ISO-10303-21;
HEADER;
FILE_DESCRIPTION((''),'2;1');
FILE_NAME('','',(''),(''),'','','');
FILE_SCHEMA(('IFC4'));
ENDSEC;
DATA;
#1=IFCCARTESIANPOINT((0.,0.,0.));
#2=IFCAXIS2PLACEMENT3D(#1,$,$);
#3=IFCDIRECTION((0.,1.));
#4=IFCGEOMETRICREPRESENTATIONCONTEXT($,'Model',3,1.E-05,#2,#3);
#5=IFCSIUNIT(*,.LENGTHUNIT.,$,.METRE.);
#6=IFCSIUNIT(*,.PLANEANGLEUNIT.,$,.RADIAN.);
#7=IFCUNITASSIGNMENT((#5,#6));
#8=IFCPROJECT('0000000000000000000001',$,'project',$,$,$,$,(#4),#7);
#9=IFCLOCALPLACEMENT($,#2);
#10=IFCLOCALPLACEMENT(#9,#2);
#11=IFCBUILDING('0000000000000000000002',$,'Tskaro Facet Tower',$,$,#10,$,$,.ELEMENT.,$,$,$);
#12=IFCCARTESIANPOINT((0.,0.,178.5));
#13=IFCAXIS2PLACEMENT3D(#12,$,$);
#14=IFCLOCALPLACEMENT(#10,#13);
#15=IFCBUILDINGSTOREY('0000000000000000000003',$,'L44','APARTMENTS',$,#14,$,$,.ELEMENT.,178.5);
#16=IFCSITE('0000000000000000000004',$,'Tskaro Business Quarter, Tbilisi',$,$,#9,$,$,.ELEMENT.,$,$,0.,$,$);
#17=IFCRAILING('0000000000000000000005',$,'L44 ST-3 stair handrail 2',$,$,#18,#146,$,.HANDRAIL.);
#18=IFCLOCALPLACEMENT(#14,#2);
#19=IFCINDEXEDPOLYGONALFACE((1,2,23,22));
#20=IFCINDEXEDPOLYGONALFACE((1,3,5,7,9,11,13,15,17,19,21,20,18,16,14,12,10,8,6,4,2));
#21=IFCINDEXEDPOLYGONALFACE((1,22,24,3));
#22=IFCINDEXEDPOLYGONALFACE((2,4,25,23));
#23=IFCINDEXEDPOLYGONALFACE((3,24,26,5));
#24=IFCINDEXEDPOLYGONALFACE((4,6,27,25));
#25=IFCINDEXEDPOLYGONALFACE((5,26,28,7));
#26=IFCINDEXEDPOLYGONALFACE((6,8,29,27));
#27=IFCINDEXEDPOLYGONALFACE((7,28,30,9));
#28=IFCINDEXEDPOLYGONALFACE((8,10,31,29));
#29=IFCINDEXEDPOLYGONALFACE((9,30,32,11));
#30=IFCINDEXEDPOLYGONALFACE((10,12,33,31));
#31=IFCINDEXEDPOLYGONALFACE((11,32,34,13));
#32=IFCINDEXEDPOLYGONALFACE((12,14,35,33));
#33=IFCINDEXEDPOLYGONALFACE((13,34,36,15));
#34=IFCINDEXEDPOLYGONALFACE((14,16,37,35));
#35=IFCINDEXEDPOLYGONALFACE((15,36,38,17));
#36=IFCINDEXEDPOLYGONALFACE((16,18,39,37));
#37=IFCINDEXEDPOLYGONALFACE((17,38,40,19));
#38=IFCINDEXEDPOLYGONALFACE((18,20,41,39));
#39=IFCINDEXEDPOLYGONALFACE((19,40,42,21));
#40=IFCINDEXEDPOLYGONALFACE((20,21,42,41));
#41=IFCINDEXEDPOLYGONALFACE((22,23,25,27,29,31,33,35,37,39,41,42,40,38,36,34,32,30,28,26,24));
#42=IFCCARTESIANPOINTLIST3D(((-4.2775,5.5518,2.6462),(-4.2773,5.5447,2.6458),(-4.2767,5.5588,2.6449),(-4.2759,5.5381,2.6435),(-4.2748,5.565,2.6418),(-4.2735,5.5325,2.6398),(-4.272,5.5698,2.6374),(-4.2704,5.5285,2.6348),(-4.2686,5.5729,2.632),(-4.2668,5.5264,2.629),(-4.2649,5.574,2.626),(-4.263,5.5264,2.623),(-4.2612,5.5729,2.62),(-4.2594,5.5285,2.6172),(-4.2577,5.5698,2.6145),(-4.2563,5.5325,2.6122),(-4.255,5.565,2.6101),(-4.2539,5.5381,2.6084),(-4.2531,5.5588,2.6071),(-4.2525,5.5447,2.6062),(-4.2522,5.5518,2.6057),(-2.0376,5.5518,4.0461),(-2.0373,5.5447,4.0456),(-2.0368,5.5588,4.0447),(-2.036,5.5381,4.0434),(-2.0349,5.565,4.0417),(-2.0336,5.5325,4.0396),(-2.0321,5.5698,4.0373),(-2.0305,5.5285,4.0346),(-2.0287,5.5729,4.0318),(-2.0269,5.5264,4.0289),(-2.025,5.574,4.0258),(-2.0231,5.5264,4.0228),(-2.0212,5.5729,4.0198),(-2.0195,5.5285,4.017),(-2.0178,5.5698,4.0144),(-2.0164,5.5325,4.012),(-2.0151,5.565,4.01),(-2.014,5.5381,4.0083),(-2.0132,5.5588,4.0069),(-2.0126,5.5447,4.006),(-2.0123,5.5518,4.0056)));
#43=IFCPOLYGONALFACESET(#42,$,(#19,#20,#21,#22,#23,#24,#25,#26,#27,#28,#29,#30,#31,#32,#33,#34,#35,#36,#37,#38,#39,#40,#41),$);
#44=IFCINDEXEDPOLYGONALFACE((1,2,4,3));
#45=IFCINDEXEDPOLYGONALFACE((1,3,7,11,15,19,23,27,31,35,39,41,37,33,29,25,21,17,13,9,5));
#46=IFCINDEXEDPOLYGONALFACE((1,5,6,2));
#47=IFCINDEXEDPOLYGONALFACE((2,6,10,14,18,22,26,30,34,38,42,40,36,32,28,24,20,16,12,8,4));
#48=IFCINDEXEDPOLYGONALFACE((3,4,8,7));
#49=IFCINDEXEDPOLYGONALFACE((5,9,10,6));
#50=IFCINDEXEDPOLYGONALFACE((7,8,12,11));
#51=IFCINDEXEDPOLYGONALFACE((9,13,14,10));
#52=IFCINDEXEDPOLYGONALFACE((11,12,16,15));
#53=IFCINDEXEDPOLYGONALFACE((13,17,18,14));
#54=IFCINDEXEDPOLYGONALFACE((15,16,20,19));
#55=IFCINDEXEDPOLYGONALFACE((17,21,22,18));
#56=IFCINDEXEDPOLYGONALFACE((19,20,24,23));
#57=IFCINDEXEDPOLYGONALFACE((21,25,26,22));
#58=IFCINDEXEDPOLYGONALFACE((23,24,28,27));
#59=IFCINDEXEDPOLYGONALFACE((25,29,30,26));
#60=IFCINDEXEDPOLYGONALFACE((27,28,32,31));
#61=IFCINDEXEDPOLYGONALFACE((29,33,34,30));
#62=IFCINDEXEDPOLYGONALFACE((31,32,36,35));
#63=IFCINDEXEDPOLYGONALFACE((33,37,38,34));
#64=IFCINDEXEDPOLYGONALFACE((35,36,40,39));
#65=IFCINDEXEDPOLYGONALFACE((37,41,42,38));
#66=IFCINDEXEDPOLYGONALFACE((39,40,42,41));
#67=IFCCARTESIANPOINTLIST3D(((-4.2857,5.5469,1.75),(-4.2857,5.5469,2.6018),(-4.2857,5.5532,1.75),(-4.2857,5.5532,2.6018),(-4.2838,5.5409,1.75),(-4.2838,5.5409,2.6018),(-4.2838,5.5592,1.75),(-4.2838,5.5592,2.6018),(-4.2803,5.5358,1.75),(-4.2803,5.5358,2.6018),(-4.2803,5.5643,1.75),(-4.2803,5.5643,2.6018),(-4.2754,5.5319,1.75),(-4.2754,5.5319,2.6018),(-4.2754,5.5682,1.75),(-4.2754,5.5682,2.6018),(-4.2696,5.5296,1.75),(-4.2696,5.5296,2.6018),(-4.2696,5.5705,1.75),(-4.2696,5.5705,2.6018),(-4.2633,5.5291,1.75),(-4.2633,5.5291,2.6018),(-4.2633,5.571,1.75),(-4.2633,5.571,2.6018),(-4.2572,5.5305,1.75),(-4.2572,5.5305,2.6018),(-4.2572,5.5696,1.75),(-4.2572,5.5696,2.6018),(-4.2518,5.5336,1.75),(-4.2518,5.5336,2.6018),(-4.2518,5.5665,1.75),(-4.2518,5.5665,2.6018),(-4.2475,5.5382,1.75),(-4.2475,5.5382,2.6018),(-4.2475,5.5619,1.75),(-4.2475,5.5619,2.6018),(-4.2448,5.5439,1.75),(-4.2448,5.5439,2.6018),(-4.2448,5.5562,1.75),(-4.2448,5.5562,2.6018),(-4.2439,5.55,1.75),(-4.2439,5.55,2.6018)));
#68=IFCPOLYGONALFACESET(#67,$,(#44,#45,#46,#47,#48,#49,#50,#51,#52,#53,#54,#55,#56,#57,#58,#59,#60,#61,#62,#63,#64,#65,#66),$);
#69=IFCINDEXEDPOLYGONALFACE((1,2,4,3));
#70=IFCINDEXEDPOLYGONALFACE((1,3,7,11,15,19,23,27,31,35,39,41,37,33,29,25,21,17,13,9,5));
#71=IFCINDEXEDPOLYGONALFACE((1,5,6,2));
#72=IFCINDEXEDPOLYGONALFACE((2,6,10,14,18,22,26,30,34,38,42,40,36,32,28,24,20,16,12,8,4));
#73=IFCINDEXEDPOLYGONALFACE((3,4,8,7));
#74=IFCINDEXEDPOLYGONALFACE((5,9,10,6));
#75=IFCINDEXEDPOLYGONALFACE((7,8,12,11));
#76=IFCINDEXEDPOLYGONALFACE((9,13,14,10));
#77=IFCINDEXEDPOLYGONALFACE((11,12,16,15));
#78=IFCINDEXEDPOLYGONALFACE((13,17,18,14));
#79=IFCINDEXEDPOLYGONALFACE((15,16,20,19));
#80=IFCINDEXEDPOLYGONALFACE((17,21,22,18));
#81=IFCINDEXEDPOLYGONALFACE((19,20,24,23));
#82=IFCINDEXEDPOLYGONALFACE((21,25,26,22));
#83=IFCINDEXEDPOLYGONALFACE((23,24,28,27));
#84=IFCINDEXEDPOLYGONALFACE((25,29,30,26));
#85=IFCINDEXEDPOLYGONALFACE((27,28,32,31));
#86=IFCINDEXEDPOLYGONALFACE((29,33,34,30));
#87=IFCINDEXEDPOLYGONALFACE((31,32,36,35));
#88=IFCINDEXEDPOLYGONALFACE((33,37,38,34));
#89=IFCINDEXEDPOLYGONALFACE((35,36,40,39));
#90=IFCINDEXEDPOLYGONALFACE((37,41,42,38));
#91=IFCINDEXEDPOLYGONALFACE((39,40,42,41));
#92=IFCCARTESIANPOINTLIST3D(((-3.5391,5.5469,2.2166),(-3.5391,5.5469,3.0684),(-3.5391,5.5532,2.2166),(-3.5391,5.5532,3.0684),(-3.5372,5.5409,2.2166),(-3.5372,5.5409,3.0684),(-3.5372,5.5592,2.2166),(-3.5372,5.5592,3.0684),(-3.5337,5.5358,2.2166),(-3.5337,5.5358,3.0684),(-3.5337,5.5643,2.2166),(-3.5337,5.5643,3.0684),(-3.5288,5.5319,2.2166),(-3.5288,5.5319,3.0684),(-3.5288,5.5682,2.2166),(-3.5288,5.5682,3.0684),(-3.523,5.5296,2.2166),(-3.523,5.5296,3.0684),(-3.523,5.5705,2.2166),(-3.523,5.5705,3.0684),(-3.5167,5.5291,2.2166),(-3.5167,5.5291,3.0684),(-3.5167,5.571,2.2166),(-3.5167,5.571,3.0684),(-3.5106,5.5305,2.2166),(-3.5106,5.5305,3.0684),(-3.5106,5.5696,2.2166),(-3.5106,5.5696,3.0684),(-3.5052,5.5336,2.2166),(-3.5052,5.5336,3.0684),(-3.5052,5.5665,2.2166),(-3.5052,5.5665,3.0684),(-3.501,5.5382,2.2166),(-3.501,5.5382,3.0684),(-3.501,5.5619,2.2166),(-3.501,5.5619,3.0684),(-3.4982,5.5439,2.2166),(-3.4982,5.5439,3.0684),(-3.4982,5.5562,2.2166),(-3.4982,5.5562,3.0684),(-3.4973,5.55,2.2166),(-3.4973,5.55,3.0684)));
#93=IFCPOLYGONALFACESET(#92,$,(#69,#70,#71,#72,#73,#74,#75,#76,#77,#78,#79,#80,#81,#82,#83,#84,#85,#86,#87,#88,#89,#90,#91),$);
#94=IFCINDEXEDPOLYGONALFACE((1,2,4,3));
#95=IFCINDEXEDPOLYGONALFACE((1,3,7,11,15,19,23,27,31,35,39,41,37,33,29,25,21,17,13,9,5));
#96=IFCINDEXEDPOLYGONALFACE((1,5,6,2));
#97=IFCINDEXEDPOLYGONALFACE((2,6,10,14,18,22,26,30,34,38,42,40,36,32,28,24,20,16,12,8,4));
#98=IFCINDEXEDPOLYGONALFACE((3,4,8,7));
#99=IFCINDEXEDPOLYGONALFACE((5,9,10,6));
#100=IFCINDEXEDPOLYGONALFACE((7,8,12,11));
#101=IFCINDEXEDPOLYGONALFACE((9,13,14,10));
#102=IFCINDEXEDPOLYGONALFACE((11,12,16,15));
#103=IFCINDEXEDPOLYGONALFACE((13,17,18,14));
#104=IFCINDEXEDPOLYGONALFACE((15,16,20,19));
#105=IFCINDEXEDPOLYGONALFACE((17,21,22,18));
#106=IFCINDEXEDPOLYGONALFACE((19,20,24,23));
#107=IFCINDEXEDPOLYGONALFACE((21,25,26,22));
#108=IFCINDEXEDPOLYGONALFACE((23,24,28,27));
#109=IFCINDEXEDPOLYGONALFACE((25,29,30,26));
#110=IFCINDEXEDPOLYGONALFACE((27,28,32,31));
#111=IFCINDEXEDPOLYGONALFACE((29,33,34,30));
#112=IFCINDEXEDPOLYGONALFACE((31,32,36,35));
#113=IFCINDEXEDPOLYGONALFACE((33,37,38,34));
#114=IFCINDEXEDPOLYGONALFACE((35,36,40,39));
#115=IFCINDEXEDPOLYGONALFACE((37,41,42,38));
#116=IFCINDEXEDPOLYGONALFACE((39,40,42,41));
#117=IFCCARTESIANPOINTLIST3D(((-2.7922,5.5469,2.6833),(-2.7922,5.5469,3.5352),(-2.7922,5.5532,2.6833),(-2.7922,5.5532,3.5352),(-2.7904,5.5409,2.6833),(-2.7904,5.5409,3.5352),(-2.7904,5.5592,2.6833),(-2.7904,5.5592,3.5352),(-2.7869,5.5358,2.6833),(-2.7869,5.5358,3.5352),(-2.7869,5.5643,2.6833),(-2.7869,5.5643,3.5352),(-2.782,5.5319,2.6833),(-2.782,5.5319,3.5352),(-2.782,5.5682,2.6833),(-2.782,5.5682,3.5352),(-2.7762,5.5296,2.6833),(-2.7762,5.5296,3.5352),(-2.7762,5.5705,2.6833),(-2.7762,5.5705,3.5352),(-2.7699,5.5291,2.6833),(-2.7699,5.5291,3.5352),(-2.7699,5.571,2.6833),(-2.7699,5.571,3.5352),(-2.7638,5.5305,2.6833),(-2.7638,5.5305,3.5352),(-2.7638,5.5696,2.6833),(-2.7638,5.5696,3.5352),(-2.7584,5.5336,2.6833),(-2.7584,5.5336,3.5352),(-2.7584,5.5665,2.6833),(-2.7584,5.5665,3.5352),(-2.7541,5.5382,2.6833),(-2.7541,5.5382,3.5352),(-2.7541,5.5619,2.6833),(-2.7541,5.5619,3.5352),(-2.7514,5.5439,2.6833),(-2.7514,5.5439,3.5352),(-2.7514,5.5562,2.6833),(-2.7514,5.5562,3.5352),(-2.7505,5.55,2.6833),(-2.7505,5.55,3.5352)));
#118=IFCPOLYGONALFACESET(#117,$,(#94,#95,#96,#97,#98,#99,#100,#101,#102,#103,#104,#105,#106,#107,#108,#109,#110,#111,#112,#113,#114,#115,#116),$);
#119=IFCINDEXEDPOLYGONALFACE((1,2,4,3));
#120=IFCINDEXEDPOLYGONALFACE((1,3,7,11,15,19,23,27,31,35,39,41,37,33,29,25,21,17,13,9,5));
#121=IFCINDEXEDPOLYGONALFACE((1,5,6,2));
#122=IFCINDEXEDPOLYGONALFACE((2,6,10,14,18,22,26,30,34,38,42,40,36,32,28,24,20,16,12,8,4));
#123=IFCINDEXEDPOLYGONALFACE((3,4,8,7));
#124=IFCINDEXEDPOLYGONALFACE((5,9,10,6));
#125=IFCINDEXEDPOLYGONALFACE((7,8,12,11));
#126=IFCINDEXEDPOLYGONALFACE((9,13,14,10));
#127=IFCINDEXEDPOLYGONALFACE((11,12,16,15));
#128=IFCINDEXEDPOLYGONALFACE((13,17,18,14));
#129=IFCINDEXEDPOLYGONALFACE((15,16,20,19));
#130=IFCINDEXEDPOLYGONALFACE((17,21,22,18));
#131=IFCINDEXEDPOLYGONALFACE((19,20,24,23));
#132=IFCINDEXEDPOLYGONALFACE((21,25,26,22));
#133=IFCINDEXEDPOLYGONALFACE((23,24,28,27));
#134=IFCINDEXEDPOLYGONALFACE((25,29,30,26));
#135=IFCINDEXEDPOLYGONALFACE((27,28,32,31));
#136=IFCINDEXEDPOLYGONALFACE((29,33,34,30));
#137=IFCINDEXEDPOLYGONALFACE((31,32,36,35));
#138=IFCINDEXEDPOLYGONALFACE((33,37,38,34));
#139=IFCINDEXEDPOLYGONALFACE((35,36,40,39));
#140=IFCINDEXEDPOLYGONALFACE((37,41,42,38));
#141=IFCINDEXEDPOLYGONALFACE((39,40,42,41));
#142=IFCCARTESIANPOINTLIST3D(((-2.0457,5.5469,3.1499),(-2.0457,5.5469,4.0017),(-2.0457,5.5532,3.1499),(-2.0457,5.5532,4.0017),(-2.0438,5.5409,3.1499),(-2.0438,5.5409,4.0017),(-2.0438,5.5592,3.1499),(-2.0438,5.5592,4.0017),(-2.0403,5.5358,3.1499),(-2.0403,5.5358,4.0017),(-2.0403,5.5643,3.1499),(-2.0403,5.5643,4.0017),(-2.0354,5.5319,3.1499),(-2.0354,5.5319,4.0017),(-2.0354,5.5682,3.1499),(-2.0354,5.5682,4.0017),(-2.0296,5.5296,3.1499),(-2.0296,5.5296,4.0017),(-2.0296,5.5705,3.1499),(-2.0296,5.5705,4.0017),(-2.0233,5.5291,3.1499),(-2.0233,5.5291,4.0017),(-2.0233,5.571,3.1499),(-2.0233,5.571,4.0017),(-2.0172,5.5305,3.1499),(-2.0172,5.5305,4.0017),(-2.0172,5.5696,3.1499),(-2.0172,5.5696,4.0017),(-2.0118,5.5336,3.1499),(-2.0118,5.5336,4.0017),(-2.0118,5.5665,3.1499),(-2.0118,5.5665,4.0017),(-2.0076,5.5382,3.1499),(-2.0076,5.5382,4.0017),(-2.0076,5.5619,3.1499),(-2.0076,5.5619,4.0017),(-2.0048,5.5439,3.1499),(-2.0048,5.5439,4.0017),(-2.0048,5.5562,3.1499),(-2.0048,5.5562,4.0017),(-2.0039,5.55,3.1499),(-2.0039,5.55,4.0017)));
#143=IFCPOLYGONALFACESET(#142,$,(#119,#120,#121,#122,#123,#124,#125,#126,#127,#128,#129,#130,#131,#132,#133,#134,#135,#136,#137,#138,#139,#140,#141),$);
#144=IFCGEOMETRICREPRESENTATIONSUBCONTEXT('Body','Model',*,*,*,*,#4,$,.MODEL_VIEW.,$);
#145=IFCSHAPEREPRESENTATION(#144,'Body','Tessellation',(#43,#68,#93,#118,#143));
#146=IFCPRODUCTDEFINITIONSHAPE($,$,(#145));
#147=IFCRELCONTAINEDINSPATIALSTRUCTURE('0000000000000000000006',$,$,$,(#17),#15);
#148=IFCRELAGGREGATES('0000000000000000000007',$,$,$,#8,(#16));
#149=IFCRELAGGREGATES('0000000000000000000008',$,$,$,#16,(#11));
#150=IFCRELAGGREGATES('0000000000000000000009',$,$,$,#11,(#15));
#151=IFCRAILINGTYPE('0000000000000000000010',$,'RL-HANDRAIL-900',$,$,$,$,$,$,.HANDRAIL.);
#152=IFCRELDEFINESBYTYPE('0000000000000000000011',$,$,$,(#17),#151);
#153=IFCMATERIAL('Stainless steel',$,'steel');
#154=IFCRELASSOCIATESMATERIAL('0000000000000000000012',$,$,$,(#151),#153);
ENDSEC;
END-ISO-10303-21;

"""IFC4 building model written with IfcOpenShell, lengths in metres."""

from ifc_helpers import new_model, si_unit, direction, frame, origin, origin_2d, place, context, subcontext, project, spatial, circle, extrude, material, type_object, element, save


model = new_model("IFC4")

# Units and contexts
model_context = context("Model", 3, precision=1e-05, world=origin(), true_north=direction((0.0, 1.0)))
body_context = subcontext(model_context, "Body", "Model", "MODEL_VIEW")
ifc_project = project(units=[si_unit("LENGTHUNIT", "METRE"), si_unit("PLANEANGLEUNIT", "RADIAN")], contexts=[model_context])

# Site, building, storey
site_placement = place(None, origin())
site = spatial("IfcSite", under=ifc_project, at=site_placement, Name="Tskaro Business Quarter, Tbilisi", CompositionType="ELEMENT", RefElevation=0.0)
building_placement = place(site_placement, origin())
building = spatial("IfcBuilding", under=site, at=building_placement, Name="Tskaro Facet Tower", CompositionType="ELEMENT")
storey_placement = place(building_placement, frame((0.0, 0.0, 178.5)))
storey = spatial("IfcBuildingStorey", under=building, at=storey_placement, Name="L44", Description="APARTMENTS", CompositionType="ELEMENT", Elevation=178.5)

# Railing
ifc_material_1 = material(Name="Stainless steel", Category="steel")
railing_type_1 = type_object("IfcRailingType", Name="RL-HANDRAIL-900", PredefinedType="HANDRAIL", material=ifc_material_1)
railing_1_placement = place(storey_placement, frame((-4.2649, 5.55, 1.75)))
element("IfcRailing", 1, at=railing_1_placement, inside=storey, type_object=railing_type_1, Name="L44 ST-3 stair handrail 2", PredefinedType="HANDRAIL", context=body_context, shape_type="SweptSolid", body=[
    extrude(circle(Radius=0.0239, at=origin_2d()), frame((0.0, 0.0, 0.876), z_axis=(0.848014, 0.0, 0.529974), x_axis=(0.0, 1.0, 0.0)), (0.0, 0.0, 1.0), 2.6414),
    extrude(circle(Radius=0.021, at=origin_2d()), origin(), (0.0, 0.0, 1.0), 0.8518),
    extrude(circle(Radius=0.021, at=origin_2d()), frame((0.7466, 0.0, 0.4666)), (0.0, 0.0, 1.0), 0.8518),
    extrude(circle(Radius=0.021, at=origin_2d()), frame((1.4934, 0.0, 0.9333)), (0.0, 0.0, 1.0), 0.8518),
    extrude(circle(Radius=0.021, at=origin_2d()), frame((2.24, 0.0, 1.3999)), (0.0, 0.0, 1.0), 0.8518),
])

save(model, "model.ifc")
